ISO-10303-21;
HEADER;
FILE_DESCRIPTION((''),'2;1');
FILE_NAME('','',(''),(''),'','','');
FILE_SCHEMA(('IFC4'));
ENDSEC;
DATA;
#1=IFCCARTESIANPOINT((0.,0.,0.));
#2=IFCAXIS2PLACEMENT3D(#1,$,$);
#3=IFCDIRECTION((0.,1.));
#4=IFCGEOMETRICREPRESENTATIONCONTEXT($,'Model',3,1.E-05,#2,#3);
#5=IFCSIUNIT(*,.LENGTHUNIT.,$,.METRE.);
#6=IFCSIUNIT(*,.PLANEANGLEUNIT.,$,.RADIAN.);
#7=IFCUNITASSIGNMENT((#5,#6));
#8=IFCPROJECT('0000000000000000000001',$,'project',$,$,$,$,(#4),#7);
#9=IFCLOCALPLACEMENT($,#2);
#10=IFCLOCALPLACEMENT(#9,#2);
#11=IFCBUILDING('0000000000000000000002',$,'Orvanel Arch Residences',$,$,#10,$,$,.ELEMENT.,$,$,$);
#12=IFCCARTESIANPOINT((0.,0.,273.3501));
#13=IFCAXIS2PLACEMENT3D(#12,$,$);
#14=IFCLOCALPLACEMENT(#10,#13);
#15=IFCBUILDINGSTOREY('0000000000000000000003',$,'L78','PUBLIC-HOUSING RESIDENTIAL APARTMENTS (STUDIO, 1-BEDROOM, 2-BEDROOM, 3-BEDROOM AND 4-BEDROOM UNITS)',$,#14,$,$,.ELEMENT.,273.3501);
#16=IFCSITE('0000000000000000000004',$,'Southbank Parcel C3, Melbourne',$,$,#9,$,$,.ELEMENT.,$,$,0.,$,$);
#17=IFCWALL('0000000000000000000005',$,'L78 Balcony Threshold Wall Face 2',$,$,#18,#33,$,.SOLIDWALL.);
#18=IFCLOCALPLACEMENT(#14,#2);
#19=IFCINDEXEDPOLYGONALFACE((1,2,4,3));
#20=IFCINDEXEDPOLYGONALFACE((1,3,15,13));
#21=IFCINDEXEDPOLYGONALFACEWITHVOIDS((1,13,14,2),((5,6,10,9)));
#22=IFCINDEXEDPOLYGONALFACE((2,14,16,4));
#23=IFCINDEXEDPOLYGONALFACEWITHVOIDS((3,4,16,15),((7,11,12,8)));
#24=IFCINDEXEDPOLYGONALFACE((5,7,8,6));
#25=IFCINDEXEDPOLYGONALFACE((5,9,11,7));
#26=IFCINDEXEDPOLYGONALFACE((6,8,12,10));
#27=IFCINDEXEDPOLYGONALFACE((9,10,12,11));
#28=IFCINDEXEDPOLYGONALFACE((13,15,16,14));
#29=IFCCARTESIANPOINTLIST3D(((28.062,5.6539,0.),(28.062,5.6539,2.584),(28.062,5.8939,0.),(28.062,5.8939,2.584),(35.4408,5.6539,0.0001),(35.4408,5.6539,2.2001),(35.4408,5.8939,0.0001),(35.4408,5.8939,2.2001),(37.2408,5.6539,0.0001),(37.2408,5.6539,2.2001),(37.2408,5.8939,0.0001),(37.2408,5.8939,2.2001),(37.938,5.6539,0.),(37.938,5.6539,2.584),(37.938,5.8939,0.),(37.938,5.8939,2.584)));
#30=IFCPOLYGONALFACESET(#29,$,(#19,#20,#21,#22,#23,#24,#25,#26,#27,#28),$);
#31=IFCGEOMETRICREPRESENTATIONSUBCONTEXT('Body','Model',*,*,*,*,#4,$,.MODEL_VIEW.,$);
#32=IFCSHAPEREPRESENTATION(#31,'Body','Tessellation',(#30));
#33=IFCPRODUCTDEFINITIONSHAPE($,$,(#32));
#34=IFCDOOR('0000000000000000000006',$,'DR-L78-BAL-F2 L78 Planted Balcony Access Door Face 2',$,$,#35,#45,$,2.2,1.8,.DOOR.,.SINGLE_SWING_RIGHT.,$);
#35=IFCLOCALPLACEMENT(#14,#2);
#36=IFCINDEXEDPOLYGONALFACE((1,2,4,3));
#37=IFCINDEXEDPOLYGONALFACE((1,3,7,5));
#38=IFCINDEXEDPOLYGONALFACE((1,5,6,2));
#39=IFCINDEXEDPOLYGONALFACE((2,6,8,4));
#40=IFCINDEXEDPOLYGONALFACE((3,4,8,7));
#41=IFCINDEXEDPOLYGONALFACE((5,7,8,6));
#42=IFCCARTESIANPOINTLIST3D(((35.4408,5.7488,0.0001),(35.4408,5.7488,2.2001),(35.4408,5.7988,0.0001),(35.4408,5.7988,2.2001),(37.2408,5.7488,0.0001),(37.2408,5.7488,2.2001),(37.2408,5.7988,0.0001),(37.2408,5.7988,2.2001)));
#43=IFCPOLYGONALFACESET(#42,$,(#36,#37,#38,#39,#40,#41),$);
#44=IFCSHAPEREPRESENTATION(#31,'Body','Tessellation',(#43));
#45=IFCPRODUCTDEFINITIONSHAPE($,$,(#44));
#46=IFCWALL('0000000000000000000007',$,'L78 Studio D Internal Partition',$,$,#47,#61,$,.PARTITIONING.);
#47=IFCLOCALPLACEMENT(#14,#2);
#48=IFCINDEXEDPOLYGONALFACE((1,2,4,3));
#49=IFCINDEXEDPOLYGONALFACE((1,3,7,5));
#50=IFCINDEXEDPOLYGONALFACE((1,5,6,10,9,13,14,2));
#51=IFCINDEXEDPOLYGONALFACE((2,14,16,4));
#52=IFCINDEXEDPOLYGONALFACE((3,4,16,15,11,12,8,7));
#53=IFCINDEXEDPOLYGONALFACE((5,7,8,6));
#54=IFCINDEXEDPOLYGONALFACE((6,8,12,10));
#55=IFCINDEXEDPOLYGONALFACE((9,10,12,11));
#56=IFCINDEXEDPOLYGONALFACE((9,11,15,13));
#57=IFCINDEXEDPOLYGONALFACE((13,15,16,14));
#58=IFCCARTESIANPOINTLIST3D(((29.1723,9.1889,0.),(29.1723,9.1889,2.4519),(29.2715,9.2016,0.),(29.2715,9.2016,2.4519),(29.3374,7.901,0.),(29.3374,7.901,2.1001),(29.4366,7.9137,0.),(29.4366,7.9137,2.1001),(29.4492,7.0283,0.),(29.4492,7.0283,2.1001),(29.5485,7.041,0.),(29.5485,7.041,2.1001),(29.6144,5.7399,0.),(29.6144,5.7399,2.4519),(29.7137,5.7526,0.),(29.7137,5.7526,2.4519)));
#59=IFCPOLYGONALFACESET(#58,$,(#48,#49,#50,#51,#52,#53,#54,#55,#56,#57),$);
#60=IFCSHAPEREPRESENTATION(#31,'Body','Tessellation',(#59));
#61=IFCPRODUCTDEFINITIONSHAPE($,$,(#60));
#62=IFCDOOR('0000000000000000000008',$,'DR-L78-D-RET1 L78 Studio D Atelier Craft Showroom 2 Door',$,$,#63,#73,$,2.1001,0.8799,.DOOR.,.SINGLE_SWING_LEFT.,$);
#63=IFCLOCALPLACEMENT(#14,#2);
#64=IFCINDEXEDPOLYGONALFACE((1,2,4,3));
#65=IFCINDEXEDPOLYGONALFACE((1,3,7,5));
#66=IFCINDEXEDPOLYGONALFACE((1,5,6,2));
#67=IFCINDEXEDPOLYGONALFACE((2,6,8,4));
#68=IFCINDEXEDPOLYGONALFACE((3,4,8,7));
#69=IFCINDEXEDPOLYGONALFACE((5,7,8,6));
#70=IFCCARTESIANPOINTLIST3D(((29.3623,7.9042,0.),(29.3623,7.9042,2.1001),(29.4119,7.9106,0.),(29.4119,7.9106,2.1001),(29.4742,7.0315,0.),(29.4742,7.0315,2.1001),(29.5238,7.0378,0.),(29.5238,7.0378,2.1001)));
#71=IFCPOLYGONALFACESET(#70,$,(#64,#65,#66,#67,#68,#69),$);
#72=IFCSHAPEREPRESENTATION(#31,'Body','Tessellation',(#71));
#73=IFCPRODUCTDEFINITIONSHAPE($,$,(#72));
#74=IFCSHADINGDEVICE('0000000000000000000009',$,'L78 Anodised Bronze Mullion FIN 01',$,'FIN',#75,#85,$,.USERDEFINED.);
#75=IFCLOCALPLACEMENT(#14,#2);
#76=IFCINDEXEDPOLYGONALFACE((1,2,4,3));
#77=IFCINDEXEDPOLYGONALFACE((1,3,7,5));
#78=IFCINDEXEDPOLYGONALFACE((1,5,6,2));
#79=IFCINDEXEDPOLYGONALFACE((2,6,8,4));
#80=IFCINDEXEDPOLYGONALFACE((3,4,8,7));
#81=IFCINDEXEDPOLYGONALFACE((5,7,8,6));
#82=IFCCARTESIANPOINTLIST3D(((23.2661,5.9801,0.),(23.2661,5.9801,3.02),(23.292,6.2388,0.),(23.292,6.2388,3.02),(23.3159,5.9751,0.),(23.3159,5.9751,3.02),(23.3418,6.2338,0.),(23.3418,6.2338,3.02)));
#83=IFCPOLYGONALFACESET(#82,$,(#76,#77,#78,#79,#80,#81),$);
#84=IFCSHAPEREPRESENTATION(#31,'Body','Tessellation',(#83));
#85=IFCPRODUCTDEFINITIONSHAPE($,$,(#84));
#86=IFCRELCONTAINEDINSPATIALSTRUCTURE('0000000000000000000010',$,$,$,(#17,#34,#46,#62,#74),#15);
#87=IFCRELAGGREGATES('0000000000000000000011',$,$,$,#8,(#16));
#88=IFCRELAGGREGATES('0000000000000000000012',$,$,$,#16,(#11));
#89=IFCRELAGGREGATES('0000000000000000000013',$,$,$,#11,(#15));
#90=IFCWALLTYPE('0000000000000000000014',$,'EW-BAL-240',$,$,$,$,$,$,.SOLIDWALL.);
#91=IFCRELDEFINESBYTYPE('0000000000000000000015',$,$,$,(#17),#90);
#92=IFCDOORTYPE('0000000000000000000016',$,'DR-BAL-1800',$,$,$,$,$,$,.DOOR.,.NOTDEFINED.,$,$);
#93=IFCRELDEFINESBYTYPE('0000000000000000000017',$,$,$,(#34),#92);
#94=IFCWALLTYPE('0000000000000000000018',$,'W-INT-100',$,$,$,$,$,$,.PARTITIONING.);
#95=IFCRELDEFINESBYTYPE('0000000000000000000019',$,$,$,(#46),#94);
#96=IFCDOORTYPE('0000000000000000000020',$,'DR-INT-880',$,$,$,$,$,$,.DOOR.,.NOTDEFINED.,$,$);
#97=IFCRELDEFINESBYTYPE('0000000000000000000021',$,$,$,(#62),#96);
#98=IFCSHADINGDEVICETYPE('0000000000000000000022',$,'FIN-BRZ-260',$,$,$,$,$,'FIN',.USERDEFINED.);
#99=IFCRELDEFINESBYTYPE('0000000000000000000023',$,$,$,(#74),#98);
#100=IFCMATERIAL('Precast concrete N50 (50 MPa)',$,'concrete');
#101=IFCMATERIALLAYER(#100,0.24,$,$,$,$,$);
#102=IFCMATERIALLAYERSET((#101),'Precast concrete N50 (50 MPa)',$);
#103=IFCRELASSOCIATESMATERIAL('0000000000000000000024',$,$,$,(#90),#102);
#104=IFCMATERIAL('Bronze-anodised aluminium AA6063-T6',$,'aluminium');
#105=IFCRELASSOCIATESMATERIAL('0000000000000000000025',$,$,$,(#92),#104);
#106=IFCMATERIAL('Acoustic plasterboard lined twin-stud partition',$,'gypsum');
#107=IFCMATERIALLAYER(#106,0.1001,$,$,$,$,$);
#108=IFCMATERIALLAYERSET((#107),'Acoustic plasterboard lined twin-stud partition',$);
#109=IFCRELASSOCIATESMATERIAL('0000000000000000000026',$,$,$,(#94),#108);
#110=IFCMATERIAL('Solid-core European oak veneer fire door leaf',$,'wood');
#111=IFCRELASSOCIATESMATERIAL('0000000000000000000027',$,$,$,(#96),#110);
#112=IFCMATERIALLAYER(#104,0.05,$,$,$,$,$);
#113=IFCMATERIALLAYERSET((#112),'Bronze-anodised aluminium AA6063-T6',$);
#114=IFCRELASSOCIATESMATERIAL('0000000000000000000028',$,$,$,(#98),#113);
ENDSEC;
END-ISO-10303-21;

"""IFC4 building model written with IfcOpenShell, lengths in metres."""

from ifc_helpers import new_model, si_unit, direction, frame, frame_2d, origin, origin_2d, place, context, subcontext, project, spatial, rectangle, extrude, material, layer, layer_set, type_object, element, fill, save


model = new_model("IFC4")

# Units and contexts
model_context = context("Model", 3, precision=1e-05, world=origin(), true_north=direction((0.0, 1.0)))
body_context = subcontext(model_context, "Body", "Model", "MODEL_VIEW")
ifc_project = project(units=[si_unit("LENGTHUNIT", "METRE"), si_unit("PLANEANGLEUNIT", "RADIAN")], contexts=[model_context])

# Site, building, storey
site_placement = place(None, origin())
site = spatial("IfcSite", under=ifc_project, at=site_placement, Name="Southbank Parcel C3, Melbourne", CompositionType="ELEMENT", RefElevation=0.0)
building_placement = place(site_placement, origin())
building = spatial("IfcBuilding", under=site, at=building_placement, Name="Orvanel Arch Residences", CompositionType="ELEMENT")
storey_placement = place(building_placement, frame((0.0, 0.0, 273.3501)))
storey = spatial("IfcBuildingStorey", under=building, at=storey_placement, Name="L78", Description="PUBLIC-HOUSING RESIDENTIAL APARTMENTS (STUDIO, 1-BEDROOM, 2-BEDROOM, 3-BEDROOM AND 4-BEDROOM UNITS)", CompositionType="ELEMENT", Elevation=273.3501)

# Shared definitions
ifc_material_1 = material(Name="Bronze-anodised aluminium AA6063-T6", Category="aluminium")

# Walls, openings, doors
ifc_material_2 = material(Name="Precast concrete N50 (50 MPa)", Category="concrete")
ifc_layer_1 = layer(ifc_material_2, 0.24)
ifc_layer_set_1 = layer_set([ifc_layer_1], Name="Precast concrete N50 (50 MPa)")
wall_type_1 = type_object("IfcWallType", Name="EW-BAL-240", PredefinedType="SOLIDWALL", material=ifc_layer_set_1)
wall_1_placement = place(storey_placement, frame((28.062, 5.7739, 0.0), z_axis=(0.0, 0.0, 1.0), x_axis=(1.0, 0.0, 0.0)))
wall_1 = element("IfcWall", 1, at=wall_1_placement, inside=storey, type_object=wall_type_1, Name="L78 Balcony Threshold Wall Face 2", PredefinedType="SOLIDWALL", context=body_context, shape_type="SweptSolid", body=[
    extrude(rectangle(XDim=9.876, YDim=0.24, at=frame_2d((4.938, 0.0))), origin(), (0.0, 0.0, 1.0), 2.584),
])
opening_1_placement = place(wall_1_placement, frame((7.3789, 0.0, 0.0)))
opening_1 = element("IfcOpeningElement", 2, at=opening_1_placement, cuts=wall_1, PredefinedType="OPENING", context=body_context, shape_type="SweptSolid", body=[
    extrude(rectangle(XDim=1.8, YDim=2.2, at=frame_2d((0.8999, 1.1001))), frame((0.0, 0.1299, 0.0), z_axis=(0.0, -1.0, 0.0), x_axis=(1.0, 0.0, 0.0)), (0.0, 0.0, 1.0), 0.26),
])
door_type_1 = type_object("IfcDoorType", Name="DR-BAL-1800", OperationType="NOTDEFINED", PredefinedType="DOOR", material=ifc_material_1)
door_1_placement = place(opening_1_placement, origin())
door_1 = element("IfcDoor", 3, at=door_1_placement, inside=storey, type_object=door_type_1, Name="DR-L78-BAL-F2 L78 Planted Balcony Access Door Face 2", OperationType="SINGLE_SWING_RIGHT", OverallHeight=2.2, OverallWidth=1.8, PredefinedType="DOOR", context=body_context, shape_type="SweptSolid", body=[
    extrude(rectangle(XDim=1.8, YDim=2.2, at=frame_2d((0.8999, 1.1001))), frame((0.0, 0.0249, 0.0), z_axis=(0.0, -1.0, 0.0), x_axis=(1.0, 0.0, 0.0)), (0.0, 0.0, 1.0), 0.05),
])
fill(opening_1, door_1)
ifc_material_3 = material(Name="Acoustic plasterboard lined twin-stud partition", Category="gypsum")
ifc_layer_2 = layer(ifc_material_3, 0.1001)
ifc_layer_set_2 = layer_set([ifc_layer_2], Name="Acoustic plasterboard lined twin-stud partition")
wall_type_2 = type_object("IfcWallType", Name="W-INT-100", PredefinedType="PARTITIONING", material=ifc_layer_set_2)
wall_2_placement = place(storey_placement, frame((29.6641, 5.7461, 0.0), z_axis=(0.0, 0.0, 1.0), x_axis=(-0.127154, 0.991883, 0.0)))
wall_2 = element("IfcWall", 4, at=wall_2_placement, inside=storey, type_object=wall_type_2, Name="L78 Studio D Internal Partition", PredefinedType="PARTITIONING", context=body_context, shape_type="SweptSolid", body=[
    extrude(rectangle(XDim=3.4773, YDim=0.1001, at=frame_2d((1.7388, 0.0))), origin(), (0.0, 0.0, 1.0), 2.4519),
])
opening_2_placement = place(wall_2_placement, frame((1.2991, 0.0, 0.0)))
opening_2 = element("IfcOpeningElement", 5, at=opening_2_placement, cuts=wall_2, PredefinedType="OPENING", context=body_context, shape_type="SweptSolid", body=[
    extrude(rectangle(XDim=0.8799, YDim=2.1001, at=frame_2d((0.4399, 1.05))), frame((0.0, 0.0601, 0.0), z_axis=(0.0, -1.0, 0.0), x_axis=(1.0, 0.0, 0.0)), (0.0, 0.0, 1.0), 0.1201),
])
ifc_material_4 = material(Name="Solid-core European oak veneer fire door leaf", Category="wood")
door_type_2 = type_object("IfcDoorType", Name="DR-INT-880", OperationType="NOTDEFINED", PredefinedType="DOOR", material=ifc_material_4)
door_2_placement = place(opening_2_placement, origin())
door_2 = element("IfcDoor", 6, at=door_2_placement, inside=storey, type_object=door_type_2, Name="DR-L78-D-RET1 L78 Studio D Atelier Craft Showroom 2 Door", OperationType="SINGLE_SWING_LEFT", OverallHeight=2.1001, OverallWidth=0.8799, PredefinedType="DOOR", context=body_context, shape_type="SweptSolid", body=[
    extrude(rectangle(XDim=0.8799, YDim=2.1001, at=frame_2d((0.4399, 1.05))), frame((0.0, 0.0249, 0.0), z_axis=(0.0, -1.0, 0.0), x_axis=(1.0, 0.0, 0.0)), (0.0, 0.0, 1.0), 0.05),
])
fill(opening_2, door_2)

# Shading device
ifc_layer_3 = layer(ifc_material_1, 0.05)
ifc_layer_set_3 = layer_set([ifc_layer_3], Name="Bronze-anodised aluminium AA6063-T6")
shading_device_type = type_object("IfcShadingDeviceType", Name="FIN-BRZ-260", ElementType="FIN", PredefinedType="USERDEFINED", material=ifc_layer_set_3)
shading_device_placement = place(storey_placement, frame((23.304, 6.1069, 0.0), z_axis=(0.0, 0.0, 1.0), x_axis=(-0.09932, -0.995056, 0.0)))
element("IfcShadingDevice", 7, at=shading_device_placement, inside=storey, type_object=shading_device_type, Name="L78 Anodised Bronze Mullion FIN 01", ObjectType="FIN", PredefinedType="USERDEFINED", context=body_context, shape_type="SweptSolid", body=[
    extrude(rectangle(XDim=0.26, YDim=0.05, at=origin_2d()), origin(), (0.0, 0.0, 1.0), 3.02),
])

save(model, "model.ifc")
